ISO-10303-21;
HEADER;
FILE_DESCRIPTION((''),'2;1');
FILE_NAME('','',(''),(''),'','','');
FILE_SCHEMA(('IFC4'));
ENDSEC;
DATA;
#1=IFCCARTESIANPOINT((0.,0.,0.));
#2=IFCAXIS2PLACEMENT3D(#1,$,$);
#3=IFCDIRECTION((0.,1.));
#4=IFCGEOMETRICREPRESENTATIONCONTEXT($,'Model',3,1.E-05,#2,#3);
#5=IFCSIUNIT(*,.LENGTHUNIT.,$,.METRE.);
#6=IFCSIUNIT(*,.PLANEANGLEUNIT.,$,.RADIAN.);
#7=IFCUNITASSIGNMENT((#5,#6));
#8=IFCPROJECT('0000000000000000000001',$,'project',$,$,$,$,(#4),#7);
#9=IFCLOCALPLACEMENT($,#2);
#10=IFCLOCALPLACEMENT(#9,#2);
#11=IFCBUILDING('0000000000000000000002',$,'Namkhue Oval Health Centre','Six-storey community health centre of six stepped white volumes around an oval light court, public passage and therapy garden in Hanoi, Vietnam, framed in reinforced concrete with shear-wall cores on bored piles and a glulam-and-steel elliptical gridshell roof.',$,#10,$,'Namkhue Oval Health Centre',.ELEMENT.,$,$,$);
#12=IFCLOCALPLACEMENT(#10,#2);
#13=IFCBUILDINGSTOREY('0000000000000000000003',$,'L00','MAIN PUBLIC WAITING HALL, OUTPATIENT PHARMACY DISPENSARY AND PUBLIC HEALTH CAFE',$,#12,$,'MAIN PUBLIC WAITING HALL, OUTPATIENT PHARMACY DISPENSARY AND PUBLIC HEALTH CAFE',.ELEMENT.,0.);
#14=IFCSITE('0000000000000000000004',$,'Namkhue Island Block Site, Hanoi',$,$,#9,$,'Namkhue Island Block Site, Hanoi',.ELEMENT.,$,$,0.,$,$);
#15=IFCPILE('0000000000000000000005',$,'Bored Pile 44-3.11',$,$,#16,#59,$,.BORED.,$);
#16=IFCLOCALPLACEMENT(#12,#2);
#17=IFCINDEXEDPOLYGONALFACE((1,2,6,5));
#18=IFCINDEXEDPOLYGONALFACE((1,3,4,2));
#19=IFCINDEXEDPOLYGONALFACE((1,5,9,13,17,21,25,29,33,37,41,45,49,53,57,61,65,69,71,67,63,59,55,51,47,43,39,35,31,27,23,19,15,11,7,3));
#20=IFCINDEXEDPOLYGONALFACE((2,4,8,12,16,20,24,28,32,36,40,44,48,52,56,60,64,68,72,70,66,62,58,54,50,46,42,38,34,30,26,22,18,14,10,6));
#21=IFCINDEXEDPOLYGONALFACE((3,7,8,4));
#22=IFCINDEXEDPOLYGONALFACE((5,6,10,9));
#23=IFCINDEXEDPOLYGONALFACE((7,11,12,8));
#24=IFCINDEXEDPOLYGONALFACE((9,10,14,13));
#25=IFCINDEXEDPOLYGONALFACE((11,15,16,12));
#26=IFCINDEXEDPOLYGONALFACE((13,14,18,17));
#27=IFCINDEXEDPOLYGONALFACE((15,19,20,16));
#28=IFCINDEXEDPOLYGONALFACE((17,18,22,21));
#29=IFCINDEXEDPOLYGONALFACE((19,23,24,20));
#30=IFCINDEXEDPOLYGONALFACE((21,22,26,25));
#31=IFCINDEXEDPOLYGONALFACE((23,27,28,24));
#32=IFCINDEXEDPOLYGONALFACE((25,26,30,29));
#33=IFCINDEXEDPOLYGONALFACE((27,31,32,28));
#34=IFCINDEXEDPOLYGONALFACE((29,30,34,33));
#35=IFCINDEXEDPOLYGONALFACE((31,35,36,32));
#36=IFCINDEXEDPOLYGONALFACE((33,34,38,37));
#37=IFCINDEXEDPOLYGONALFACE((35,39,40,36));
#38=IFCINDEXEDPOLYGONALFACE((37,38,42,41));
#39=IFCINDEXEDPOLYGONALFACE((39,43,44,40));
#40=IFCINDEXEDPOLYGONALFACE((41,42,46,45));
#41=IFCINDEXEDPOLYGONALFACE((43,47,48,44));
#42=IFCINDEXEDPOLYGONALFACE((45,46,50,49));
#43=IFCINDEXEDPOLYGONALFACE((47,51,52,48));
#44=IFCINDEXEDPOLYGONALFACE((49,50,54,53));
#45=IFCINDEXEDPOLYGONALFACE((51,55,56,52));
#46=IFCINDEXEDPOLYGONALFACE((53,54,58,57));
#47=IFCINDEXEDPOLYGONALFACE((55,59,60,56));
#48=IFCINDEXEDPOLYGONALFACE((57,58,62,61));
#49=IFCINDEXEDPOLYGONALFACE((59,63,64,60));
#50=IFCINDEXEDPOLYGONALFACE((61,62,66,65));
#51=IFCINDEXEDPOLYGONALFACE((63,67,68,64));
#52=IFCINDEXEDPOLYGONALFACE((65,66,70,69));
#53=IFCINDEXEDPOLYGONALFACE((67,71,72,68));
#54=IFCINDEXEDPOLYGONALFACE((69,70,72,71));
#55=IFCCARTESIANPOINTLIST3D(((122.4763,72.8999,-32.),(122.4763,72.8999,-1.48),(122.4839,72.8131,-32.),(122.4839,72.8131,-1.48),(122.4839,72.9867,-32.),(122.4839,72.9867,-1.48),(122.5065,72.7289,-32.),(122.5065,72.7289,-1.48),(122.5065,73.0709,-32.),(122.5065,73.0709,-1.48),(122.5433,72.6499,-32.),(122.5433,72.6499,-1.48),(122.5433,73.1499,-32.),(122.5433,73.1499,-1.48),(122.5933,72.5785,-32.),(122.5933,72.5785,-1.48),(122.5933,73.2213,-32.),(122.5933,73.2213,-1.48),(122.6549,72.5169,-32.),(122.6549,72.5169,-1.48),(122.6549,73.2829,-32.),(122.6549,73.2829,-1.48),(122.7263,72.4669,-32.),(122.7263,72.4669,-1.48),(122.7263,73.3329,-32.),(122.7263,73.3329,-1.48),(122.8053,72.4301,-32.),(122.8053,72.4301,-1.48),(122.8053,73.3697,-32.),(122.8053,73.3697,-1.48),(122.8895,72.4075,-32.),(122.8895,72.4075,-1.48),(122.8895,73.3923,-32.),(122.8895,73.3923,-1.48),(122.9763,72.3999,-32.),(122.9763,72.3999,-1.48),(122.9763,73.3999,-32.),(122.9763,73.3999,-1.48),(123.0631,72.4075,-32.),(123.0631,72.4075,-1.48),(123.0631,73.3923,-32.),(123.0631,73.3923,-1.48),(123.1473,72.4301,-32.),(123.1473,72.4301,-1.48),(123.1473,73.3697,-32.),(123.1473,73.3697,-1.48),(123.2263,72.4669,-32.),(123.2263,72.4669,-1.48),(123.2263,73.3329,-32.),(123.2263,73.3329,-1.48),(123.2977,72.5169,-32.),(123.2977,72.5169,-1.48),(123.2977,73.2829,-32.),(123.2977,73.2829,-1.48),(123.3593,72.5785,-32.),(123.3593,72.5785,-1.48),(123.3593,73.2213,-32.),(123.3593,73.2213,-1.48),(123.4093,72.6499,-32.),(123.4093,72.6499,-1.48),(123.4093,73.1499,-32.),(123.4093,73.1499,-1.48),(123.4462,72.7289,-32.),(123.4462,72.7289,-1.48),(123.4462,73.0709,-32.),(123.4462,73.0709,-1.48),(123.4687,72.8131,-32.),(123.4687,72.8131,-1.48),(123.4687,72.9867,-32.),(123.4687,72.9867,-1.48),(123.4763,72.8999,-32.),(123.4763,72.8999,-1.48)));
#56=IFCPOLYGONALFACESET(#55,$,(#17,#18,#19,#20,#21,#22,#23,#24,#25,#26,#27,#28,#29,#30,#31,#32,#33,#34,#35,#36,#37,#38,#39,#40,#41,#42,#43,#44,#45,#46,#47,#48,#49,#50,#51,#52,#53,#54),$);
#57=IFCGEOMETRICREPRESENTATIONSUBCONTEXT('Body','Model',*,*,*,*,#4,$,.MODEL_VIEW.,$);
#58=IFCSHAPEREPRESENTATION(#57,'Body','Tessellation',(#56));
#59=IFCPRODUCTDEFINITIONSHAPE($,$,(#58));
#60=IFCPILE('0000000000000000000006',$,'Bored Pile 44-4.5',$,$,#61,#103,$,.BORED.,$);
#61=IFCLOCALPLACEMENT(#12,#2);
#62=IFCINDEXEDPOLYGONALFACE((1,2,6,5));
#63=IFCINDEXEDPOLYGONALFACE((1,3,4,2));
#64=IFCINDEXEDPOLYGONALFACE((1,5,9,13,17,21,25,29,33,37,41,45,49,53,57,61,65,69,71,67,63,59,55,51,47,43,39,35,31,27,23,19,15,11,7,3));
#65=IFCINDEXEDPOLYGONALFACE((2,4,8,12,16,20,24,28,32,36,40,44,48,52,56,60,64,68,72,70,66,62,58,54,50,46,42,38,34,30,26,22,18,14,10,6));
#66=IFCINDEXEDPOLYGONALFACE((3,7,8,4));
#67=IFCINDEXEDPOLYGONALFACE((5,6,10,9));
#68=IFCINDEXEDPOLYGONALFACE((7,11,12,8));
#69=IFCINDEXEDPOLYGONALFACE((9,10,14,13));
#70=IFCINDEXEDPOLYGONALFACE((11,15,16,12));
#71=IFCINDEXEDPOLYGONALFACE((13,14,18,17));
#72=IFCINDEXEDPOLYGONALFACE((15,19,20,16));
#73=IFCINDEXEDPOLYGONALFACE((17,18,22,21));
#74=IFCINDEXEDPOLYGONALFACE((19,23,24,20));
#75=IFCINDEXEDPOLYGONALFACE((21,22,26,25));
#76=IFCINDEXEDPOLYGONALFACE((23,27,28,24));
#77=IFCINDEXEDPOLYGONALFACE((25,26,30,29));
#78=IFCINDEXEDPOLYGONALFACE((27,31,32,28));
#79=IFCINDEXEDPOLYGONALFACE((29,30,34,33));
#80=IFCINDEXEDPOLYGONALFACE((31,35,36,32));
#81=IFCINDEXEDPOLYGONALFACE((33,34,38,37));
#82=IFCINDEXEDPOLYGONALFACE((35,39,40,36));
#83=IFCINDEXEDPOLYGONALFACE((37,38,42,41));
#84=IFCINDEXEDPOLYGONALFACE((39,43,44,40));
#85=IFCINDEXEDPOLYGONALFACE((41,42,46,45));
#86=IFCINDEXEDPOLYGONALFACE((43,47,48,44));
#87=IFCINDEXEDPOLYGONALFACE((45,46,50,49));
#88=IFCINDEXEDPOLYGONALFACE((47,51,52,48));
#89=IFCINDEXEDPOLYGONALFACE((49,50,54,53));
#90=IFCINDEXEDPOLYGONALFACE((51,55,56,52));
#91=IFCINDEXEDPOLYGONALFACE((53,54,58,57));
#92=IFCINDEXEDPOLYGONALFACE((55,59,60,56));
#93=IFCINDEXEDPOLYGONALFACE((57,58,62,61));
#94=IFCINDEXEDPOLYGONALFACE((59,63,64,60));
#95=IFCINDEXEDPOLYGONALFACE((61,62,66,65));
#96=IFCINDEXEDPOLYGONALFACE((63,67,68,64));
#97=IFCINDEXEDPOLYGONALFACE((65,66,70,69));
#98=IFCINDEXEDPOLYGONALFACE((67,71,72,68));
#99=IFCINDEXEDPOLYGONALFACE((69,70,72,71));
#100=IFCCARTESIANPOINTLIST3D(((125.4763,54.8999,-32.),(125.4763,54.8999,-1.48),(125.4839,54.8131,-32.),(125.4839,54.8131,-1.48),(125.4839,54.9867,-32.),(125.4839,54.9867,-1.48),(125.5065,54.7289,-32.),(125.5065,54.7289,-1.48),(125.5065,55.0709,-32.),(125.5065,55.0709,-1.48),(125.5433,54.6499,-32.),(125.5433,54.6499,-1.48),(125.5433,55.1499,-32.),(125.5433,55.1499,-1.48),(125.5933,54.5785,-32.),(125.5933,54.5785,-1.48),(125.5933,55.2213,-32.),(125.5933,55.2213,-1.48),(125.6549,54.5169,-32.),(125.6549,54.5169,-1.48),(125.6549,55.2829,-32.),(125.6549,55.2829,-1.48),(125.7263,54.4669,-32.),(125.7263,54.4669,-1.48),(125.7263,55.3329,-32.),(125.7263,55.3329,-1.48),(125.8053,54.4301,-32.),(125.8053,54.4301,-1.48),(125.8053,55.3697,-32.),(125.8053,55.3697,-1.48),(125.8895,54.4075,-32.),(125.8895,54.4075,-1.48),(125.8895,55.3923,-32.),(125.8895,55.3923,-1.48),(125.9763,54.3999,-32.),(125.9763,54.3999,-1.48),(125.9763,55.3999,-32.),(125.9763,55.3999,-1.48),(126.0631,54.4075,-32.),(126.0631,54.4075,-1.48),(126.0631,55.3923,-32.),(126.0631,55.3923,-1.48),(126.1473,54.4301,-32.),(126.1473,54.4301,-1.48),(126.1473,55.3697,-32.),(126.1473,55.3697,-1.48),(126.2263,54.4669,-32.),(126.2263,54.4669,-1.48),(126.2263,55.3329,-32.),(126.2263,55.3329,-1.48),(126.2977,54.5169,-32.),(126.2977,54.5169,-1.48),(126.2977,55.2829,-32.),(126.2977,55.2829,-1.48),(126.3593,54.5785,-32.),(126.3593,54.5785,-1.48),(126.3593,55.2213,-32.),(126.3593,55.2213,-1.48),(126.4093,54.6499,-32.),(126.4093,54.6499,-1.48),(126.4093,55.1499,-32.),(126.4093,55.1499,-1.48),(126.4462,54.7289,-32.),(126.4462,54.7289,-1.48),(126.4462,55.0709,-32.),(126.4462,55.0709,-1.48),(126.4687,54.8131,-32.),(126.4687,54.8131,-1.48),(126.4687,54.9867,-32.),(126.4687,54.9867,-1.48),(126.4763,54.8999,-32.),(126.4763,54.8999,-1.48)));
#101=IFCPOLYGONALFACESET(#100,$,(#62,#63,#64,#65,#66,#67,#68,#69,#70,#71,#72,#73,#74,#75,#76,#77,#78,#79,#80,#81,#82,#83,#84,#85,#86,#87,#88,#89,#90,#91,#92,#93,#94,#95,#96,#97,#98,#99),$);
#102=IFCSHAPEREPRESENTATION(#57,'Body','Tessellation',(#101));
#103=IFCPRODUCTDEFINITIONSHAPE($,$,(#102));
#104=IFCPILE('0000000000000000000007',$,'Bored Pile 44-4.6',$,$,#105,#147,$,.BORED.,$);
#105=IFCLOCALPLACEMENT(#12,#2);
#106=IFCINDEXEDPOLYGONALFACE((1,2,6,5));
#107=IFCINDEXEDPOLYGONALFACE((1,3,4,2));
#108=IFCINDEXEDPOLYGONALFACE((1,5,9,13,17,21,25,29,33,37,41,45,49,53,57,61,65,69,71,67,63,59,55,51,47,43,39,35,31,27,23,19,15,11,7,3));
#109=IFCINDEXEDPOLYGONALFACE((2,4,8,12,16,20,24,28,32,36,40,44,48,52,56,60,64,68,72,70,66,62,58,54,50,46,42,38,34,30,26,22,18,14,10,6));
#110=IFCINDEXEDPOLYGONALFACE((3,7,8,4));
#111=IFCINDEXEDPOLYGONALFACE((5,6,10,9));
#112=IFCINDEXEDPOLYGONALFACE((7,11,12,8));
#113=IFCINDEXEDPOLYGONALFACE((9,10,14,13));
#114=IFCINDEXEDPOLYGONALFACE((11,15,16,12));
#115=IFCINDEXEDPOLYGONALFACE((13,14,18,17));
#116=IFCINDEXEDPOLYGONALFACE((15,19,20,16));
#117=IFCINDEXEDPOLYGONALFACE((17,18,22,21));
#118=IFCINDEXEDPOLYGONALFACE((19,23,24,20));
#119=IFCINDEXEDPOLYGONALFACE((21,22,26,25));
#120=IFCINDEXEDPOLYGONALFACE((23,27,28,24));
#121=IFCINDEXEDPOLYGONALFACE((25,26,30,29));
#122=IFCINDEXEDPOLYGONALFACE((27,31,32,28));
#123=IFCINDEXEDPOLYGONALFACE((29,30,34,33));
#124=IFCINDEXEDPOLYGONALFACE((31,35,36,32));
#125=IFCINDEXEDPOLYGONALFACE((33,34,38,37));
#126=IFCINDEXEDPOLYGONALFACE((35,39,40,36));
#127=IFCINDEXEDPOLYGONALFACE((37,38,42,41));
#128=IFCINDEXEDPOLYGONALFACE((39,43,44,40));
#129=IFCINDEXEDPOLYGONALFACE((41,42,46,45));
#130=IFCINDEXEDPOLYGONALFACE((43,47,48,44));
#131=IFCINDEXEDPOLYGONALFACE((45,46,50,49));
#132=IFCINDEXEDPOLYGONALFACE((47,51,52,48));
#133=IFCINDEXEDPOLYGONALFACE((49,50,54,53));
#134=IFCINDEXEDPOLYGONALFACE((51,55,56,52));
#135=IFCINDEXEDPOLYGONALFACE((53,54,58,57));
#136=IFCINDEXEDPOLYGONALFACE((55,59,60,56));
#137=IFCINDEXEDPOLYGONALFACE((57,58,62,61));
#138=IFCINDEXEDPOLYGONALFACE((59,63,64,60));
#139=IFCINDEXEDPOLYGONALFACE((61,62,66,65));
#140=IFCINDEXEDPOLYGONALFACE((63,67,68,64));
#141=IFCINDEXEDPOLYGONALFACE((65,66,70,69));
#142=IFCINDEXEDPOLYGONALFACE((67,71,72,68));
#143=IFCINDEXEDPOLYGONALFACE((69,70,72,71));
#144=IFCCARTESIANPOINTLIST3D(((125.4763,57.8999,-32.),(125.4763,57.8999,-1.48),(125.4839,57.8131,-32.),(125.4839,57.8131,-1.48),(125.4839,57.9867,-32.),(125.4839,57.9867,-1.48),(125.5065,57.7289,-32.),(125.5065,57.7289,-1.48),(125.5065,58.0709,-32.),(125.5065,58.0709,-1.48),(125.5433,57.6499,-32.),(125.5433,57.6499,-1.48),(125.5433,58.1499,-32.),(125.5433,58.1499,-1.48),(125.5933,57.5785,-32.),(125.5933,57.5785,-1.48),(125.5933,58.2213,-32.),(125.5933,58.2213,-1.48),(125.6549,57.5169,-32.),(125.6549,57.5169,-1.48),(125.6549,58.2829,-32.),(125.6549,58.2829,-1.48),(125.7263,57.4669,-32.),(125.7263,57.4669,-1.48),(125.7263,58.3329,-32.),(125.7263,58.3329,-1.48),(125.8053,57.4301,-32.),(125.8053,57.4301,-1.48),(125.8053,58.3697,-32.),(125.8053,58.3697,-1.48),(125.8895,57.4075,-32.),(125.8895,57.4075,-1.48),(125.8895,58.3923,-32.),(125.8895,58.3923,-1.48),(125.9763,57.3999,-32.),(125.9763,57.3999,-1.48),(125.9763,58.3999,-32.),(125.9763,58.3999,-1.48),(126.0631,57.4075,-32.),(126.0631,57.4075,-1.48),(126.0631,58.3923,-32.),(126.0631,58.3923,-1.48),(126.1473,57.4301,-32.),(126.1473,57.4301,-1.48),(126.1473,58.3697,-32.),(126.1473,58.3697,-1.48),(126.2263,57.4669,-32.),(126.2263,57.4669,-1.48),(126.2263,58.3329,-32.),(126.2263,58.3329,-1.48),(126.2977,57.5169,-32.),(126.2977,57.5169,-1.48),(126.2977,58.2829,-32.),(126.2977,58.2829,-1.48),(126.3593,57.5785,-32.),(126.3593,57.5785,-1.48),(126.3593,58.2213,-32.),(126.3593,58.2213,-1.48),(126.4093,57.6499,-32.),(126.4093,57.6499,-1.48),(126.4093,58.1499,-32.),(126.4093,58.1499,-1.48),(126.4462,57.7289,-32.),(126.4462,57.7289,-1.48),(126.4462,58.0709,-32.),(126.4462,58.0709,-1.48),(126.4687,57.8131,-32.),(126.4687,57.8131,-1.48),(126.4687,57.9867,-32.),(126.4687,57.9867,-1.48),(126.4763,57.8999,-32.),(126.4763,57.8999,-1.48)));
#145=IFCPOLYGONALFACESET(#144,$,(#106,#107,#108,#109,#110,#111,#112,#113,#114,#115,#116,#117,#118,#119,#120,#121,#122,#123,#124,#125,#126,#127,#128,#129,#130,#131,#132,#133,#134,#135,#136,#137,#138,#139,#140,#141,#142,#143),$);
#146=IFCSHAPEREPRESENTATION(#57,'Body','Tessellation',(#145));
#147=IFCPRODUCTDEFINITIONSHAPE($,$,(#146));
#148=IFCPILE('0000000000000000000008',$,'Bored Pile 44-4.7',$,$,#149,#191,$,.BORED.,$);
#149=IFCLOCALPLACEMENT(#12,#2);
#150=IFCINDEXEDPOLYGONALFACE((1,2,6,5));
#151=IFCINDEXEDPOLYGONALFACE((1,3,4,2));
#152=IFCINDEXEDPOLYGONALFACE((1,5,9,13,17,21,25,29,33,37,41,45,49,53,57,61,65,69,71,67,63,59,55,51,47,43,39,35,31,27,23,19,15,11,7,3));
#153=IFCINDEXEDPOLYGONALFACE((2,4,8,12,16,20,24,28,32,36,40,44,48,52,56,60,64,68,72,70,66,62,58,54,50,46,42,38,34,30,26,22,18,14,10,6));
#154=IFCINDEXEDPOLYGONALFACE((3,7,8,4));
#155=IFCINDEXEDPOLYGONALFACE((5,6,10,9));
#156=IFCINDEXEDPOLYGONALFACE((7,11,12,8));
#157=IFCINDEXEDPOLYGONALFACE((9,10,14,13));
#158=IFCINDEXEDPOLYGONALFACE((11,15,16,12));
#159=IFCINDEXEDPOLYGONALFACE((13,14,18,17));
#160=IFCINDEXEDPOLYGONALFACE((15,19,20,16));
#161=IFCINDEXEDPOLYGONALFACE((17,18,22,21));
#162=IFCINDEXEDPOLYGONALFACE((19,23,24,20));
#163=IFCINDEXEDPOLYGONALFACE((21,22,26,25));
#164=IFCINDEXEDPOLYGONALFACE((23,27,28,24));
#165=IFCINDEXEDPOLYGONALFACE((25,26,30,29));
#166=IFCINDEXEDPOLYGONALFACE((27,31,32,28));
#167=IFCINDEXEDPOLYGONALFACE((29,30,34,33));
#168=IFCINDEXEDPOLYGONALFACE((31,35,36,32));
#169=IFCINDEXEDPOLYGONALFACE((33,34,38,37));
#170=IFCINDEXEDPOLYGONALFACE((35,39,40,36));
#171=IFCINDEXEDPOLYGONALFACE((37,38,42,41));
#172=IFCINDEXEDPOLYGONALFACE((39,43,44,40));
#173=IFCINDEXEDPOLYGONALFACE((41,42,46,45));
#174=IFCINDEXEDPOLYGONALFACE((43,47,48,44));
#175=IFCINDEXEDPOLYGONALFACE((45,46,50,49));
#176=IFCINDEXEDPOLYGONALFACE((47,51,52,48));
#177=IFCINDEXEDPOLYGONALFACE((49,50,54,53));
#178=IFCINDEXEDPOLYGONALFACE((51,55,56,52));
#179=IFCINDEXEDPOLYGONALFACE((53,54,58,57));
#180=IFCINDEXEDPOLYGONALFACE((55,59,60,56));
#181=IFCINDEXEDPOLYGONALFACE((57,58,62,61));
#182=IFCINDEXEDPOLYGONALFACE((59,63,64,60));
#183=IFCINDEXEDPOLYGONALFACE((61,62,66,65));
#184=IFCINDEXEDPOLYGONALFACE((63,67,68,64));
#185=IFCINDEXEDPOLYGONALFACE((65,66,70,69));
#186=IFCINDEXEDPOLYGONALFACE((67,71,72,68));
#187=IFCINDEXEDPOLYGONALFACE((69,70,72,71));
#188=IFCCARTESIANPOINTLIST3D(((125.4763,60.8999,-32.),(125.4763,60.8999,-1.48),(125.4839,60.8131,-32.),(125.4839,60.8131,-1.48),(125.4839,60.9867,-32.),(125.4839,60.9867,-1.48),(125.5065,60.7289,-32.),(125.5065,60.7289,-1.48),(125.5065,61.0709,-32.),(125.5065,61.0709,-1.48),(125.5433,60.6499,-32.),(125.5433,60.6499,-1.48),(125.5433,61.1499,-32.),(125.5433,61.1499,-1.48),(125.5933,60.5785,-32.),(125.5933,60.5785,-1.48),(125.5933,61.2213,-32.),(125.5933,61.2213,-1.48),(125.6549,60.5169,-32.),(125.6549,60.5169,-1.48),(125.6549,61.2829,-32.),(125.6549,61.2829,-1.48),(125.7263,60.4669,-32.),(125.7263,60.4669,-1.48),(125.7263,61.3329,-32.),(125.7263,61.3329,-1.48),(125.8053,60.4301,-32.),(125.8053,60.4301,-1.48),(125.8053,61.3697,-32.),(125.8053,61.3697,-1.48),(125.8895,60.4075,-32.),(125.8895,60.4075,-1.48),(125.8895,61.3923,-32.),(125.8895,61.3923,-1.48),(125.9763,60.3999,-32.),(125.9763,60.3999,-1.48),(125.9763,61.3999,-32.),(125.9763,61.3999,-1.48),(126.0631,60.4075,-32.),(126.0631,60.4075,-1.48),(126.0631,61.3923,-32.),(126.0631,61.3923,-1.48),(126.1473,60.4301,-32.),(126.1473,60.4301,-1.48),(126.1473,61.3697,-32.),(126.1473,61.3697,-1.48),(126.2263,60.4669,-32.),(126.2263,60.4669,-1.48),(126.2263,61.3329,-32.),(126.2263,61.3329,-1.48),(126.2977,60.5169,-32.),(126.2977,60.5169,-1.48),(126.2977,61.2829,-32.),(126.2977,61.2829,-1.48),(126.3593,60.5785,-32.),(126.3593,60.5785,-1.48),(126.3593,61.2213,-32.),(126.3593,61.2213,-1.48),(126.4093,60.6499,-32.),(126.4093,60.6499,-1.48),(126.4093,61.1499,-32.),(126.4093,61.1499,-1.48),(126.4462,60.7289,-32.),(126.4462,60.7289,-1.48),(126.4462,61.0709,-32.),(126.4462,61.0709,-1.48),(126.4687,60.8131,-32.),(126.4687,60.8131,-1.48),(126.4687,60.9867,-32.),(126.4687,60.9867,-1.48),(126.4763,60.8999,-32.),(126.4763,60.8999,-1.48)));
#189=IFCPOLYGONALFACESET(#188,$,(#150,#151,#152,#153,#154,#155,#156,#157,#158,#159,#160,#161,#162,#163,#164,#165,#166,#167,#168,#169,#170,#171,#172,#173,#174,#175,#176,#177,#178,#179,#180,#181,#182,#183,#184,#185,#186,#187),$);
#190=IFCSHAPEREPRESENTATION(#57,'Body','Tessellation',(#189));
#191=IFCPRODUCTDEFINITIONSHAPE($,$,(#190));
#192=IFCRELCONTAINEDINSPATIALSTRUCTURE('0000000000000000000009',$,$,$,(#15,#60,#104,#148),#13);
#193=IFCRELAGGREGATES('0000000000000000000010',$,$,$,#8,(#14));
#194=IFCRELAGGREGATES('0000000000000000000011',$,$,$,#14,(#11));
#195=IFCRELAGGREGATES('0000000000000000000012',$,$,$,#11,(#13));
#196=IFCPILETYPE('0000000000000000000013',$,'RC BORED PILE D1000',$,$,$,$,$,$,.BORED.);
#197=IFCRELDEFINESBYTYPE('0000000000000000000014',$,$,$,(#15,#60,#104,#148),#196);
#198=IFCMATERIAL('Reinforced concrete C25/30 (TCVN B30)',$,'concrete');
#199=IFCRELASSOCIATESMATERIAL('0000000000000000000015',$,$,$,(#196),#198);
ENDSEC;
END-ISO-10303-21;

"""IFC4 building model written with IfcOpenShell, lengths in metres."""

from ifc_helpers import new_model, si_unit, direction, frame, origin, origin_2d, place, context, subcontext, project, spatial, circle, extrude, material, material_profile, profile_set, type_object, element, save


model = new_model("IFC4")

# Units and contexts
model_context = context("Model", 3, precision=1e-05, world=origin(), true_north=direction((0.0, 1.0)))
body_context = subcontext(model_context, "Body", "Model", "MODEL_VIEW")
ifc_project = project(units=[si_unit("LENGTHUNIT", "METRE"), si_unit("PLANEANGLEUNIT", "RADIAN")], contexts=[model_context])

# Site, building, storey
site_placement = place(None, origin())
site = spatial("IfcSite", under=ifc_project, at=site_placement, Name="Namkhue Island Block Site, Hanoi", LongName="Namkhue Island Block Site, Hanoi", CompositionType="ELEMENT", RefElevation=0.0)
building_placement = place(site_placement, origin())
building = spatial("IfcBuilding", under=site, at=building_placement, Name="Namkhue Oval Health Centre", Description="Six-storey community health centre of six stepped white volumes around an oval light court, public passage and therapy garden in Hanoi, Vietnam, framed in reinforced concrete with shear-wall cores on bored piles and a glulam-and-steel elliptical gridshell roof.", LongName="Namkhue Oval Health Centre", CompositionType="ELEMENT")
storey_placement = place(building_placement, origin())
storey = spatial("IfcBuildingStorey", under=building, at=storey_placement, Name="L00", Description="MAIN PUBLIC WAITING HALL, OUTPATIENT PHARMACY DISPENSARY AND PUBLIC HEALTH CAFE", LongName="MAIN PUBLIC WAITING HALL, OUTPATIENT PHARMACY DISPENSARY AND PUBLIC HEALTH CAFE", CompositionType="ELEMENT", Elevation=0.0)

# Piles
ifc_material_1 = material(Name="Reinforced concrete C25/30 (TCVN B30)", Category="concrete")
ifc_material_profile_1 = material_profile(ifc_material_1, circle(Radius=0.5, at=origin_2d()), Name="BORED PILE D1000")
ifc_profile_set_1 = profile_set([ifc_material_profile_1], Name="Reinforced concrete C25/30 (TCVN B30)")
pile_type = type_object("IfcPileType", Name="RC BORED PILE D1000", PredefinedType="BORED", material=ifc_profile_set_1)
for number, where, z_axis, x_axis, name in (
    (1, (122.9763, 72.8999, -1.48), (0.0, 0.0, -1.0), (1.0, 0.0, 0.0), "Bored Pile 44-3.11"),
    (2, (125.9763, 54.8999, -1.48), (0.0, 0.0, -1.0), (1.0, 0.0, 0.0), "Bored Pile 44-4.5"),
    (3, (125.9763, 57.8999, -1.48), (0.0, 0.0, -1.0), (1.0, 0.0, 0.0), "Bored Pile 44-4.6"),
    (4, (125.9763, 60.8999, -1.48), (0.0, 0.0, -1.0), (1.0, 0.0, 0.0), "Bored Pile 44-4.7"),
):
    element("IfcPile", number, at=place(storey_placement, frame(where, z_axis=z_axis, x_axis=x_axis)), inside=storey, type_object=pile_type, Name=name, PredefinedType="BORED", context=body_context, shape_type="SweptSolid", body=[
        extrude(circle(Radius=0.5, at=origin_2d()), origin(), (0.0, 0.0, 1.0), 30.52),
    ])

save(model, "model.ifc")
